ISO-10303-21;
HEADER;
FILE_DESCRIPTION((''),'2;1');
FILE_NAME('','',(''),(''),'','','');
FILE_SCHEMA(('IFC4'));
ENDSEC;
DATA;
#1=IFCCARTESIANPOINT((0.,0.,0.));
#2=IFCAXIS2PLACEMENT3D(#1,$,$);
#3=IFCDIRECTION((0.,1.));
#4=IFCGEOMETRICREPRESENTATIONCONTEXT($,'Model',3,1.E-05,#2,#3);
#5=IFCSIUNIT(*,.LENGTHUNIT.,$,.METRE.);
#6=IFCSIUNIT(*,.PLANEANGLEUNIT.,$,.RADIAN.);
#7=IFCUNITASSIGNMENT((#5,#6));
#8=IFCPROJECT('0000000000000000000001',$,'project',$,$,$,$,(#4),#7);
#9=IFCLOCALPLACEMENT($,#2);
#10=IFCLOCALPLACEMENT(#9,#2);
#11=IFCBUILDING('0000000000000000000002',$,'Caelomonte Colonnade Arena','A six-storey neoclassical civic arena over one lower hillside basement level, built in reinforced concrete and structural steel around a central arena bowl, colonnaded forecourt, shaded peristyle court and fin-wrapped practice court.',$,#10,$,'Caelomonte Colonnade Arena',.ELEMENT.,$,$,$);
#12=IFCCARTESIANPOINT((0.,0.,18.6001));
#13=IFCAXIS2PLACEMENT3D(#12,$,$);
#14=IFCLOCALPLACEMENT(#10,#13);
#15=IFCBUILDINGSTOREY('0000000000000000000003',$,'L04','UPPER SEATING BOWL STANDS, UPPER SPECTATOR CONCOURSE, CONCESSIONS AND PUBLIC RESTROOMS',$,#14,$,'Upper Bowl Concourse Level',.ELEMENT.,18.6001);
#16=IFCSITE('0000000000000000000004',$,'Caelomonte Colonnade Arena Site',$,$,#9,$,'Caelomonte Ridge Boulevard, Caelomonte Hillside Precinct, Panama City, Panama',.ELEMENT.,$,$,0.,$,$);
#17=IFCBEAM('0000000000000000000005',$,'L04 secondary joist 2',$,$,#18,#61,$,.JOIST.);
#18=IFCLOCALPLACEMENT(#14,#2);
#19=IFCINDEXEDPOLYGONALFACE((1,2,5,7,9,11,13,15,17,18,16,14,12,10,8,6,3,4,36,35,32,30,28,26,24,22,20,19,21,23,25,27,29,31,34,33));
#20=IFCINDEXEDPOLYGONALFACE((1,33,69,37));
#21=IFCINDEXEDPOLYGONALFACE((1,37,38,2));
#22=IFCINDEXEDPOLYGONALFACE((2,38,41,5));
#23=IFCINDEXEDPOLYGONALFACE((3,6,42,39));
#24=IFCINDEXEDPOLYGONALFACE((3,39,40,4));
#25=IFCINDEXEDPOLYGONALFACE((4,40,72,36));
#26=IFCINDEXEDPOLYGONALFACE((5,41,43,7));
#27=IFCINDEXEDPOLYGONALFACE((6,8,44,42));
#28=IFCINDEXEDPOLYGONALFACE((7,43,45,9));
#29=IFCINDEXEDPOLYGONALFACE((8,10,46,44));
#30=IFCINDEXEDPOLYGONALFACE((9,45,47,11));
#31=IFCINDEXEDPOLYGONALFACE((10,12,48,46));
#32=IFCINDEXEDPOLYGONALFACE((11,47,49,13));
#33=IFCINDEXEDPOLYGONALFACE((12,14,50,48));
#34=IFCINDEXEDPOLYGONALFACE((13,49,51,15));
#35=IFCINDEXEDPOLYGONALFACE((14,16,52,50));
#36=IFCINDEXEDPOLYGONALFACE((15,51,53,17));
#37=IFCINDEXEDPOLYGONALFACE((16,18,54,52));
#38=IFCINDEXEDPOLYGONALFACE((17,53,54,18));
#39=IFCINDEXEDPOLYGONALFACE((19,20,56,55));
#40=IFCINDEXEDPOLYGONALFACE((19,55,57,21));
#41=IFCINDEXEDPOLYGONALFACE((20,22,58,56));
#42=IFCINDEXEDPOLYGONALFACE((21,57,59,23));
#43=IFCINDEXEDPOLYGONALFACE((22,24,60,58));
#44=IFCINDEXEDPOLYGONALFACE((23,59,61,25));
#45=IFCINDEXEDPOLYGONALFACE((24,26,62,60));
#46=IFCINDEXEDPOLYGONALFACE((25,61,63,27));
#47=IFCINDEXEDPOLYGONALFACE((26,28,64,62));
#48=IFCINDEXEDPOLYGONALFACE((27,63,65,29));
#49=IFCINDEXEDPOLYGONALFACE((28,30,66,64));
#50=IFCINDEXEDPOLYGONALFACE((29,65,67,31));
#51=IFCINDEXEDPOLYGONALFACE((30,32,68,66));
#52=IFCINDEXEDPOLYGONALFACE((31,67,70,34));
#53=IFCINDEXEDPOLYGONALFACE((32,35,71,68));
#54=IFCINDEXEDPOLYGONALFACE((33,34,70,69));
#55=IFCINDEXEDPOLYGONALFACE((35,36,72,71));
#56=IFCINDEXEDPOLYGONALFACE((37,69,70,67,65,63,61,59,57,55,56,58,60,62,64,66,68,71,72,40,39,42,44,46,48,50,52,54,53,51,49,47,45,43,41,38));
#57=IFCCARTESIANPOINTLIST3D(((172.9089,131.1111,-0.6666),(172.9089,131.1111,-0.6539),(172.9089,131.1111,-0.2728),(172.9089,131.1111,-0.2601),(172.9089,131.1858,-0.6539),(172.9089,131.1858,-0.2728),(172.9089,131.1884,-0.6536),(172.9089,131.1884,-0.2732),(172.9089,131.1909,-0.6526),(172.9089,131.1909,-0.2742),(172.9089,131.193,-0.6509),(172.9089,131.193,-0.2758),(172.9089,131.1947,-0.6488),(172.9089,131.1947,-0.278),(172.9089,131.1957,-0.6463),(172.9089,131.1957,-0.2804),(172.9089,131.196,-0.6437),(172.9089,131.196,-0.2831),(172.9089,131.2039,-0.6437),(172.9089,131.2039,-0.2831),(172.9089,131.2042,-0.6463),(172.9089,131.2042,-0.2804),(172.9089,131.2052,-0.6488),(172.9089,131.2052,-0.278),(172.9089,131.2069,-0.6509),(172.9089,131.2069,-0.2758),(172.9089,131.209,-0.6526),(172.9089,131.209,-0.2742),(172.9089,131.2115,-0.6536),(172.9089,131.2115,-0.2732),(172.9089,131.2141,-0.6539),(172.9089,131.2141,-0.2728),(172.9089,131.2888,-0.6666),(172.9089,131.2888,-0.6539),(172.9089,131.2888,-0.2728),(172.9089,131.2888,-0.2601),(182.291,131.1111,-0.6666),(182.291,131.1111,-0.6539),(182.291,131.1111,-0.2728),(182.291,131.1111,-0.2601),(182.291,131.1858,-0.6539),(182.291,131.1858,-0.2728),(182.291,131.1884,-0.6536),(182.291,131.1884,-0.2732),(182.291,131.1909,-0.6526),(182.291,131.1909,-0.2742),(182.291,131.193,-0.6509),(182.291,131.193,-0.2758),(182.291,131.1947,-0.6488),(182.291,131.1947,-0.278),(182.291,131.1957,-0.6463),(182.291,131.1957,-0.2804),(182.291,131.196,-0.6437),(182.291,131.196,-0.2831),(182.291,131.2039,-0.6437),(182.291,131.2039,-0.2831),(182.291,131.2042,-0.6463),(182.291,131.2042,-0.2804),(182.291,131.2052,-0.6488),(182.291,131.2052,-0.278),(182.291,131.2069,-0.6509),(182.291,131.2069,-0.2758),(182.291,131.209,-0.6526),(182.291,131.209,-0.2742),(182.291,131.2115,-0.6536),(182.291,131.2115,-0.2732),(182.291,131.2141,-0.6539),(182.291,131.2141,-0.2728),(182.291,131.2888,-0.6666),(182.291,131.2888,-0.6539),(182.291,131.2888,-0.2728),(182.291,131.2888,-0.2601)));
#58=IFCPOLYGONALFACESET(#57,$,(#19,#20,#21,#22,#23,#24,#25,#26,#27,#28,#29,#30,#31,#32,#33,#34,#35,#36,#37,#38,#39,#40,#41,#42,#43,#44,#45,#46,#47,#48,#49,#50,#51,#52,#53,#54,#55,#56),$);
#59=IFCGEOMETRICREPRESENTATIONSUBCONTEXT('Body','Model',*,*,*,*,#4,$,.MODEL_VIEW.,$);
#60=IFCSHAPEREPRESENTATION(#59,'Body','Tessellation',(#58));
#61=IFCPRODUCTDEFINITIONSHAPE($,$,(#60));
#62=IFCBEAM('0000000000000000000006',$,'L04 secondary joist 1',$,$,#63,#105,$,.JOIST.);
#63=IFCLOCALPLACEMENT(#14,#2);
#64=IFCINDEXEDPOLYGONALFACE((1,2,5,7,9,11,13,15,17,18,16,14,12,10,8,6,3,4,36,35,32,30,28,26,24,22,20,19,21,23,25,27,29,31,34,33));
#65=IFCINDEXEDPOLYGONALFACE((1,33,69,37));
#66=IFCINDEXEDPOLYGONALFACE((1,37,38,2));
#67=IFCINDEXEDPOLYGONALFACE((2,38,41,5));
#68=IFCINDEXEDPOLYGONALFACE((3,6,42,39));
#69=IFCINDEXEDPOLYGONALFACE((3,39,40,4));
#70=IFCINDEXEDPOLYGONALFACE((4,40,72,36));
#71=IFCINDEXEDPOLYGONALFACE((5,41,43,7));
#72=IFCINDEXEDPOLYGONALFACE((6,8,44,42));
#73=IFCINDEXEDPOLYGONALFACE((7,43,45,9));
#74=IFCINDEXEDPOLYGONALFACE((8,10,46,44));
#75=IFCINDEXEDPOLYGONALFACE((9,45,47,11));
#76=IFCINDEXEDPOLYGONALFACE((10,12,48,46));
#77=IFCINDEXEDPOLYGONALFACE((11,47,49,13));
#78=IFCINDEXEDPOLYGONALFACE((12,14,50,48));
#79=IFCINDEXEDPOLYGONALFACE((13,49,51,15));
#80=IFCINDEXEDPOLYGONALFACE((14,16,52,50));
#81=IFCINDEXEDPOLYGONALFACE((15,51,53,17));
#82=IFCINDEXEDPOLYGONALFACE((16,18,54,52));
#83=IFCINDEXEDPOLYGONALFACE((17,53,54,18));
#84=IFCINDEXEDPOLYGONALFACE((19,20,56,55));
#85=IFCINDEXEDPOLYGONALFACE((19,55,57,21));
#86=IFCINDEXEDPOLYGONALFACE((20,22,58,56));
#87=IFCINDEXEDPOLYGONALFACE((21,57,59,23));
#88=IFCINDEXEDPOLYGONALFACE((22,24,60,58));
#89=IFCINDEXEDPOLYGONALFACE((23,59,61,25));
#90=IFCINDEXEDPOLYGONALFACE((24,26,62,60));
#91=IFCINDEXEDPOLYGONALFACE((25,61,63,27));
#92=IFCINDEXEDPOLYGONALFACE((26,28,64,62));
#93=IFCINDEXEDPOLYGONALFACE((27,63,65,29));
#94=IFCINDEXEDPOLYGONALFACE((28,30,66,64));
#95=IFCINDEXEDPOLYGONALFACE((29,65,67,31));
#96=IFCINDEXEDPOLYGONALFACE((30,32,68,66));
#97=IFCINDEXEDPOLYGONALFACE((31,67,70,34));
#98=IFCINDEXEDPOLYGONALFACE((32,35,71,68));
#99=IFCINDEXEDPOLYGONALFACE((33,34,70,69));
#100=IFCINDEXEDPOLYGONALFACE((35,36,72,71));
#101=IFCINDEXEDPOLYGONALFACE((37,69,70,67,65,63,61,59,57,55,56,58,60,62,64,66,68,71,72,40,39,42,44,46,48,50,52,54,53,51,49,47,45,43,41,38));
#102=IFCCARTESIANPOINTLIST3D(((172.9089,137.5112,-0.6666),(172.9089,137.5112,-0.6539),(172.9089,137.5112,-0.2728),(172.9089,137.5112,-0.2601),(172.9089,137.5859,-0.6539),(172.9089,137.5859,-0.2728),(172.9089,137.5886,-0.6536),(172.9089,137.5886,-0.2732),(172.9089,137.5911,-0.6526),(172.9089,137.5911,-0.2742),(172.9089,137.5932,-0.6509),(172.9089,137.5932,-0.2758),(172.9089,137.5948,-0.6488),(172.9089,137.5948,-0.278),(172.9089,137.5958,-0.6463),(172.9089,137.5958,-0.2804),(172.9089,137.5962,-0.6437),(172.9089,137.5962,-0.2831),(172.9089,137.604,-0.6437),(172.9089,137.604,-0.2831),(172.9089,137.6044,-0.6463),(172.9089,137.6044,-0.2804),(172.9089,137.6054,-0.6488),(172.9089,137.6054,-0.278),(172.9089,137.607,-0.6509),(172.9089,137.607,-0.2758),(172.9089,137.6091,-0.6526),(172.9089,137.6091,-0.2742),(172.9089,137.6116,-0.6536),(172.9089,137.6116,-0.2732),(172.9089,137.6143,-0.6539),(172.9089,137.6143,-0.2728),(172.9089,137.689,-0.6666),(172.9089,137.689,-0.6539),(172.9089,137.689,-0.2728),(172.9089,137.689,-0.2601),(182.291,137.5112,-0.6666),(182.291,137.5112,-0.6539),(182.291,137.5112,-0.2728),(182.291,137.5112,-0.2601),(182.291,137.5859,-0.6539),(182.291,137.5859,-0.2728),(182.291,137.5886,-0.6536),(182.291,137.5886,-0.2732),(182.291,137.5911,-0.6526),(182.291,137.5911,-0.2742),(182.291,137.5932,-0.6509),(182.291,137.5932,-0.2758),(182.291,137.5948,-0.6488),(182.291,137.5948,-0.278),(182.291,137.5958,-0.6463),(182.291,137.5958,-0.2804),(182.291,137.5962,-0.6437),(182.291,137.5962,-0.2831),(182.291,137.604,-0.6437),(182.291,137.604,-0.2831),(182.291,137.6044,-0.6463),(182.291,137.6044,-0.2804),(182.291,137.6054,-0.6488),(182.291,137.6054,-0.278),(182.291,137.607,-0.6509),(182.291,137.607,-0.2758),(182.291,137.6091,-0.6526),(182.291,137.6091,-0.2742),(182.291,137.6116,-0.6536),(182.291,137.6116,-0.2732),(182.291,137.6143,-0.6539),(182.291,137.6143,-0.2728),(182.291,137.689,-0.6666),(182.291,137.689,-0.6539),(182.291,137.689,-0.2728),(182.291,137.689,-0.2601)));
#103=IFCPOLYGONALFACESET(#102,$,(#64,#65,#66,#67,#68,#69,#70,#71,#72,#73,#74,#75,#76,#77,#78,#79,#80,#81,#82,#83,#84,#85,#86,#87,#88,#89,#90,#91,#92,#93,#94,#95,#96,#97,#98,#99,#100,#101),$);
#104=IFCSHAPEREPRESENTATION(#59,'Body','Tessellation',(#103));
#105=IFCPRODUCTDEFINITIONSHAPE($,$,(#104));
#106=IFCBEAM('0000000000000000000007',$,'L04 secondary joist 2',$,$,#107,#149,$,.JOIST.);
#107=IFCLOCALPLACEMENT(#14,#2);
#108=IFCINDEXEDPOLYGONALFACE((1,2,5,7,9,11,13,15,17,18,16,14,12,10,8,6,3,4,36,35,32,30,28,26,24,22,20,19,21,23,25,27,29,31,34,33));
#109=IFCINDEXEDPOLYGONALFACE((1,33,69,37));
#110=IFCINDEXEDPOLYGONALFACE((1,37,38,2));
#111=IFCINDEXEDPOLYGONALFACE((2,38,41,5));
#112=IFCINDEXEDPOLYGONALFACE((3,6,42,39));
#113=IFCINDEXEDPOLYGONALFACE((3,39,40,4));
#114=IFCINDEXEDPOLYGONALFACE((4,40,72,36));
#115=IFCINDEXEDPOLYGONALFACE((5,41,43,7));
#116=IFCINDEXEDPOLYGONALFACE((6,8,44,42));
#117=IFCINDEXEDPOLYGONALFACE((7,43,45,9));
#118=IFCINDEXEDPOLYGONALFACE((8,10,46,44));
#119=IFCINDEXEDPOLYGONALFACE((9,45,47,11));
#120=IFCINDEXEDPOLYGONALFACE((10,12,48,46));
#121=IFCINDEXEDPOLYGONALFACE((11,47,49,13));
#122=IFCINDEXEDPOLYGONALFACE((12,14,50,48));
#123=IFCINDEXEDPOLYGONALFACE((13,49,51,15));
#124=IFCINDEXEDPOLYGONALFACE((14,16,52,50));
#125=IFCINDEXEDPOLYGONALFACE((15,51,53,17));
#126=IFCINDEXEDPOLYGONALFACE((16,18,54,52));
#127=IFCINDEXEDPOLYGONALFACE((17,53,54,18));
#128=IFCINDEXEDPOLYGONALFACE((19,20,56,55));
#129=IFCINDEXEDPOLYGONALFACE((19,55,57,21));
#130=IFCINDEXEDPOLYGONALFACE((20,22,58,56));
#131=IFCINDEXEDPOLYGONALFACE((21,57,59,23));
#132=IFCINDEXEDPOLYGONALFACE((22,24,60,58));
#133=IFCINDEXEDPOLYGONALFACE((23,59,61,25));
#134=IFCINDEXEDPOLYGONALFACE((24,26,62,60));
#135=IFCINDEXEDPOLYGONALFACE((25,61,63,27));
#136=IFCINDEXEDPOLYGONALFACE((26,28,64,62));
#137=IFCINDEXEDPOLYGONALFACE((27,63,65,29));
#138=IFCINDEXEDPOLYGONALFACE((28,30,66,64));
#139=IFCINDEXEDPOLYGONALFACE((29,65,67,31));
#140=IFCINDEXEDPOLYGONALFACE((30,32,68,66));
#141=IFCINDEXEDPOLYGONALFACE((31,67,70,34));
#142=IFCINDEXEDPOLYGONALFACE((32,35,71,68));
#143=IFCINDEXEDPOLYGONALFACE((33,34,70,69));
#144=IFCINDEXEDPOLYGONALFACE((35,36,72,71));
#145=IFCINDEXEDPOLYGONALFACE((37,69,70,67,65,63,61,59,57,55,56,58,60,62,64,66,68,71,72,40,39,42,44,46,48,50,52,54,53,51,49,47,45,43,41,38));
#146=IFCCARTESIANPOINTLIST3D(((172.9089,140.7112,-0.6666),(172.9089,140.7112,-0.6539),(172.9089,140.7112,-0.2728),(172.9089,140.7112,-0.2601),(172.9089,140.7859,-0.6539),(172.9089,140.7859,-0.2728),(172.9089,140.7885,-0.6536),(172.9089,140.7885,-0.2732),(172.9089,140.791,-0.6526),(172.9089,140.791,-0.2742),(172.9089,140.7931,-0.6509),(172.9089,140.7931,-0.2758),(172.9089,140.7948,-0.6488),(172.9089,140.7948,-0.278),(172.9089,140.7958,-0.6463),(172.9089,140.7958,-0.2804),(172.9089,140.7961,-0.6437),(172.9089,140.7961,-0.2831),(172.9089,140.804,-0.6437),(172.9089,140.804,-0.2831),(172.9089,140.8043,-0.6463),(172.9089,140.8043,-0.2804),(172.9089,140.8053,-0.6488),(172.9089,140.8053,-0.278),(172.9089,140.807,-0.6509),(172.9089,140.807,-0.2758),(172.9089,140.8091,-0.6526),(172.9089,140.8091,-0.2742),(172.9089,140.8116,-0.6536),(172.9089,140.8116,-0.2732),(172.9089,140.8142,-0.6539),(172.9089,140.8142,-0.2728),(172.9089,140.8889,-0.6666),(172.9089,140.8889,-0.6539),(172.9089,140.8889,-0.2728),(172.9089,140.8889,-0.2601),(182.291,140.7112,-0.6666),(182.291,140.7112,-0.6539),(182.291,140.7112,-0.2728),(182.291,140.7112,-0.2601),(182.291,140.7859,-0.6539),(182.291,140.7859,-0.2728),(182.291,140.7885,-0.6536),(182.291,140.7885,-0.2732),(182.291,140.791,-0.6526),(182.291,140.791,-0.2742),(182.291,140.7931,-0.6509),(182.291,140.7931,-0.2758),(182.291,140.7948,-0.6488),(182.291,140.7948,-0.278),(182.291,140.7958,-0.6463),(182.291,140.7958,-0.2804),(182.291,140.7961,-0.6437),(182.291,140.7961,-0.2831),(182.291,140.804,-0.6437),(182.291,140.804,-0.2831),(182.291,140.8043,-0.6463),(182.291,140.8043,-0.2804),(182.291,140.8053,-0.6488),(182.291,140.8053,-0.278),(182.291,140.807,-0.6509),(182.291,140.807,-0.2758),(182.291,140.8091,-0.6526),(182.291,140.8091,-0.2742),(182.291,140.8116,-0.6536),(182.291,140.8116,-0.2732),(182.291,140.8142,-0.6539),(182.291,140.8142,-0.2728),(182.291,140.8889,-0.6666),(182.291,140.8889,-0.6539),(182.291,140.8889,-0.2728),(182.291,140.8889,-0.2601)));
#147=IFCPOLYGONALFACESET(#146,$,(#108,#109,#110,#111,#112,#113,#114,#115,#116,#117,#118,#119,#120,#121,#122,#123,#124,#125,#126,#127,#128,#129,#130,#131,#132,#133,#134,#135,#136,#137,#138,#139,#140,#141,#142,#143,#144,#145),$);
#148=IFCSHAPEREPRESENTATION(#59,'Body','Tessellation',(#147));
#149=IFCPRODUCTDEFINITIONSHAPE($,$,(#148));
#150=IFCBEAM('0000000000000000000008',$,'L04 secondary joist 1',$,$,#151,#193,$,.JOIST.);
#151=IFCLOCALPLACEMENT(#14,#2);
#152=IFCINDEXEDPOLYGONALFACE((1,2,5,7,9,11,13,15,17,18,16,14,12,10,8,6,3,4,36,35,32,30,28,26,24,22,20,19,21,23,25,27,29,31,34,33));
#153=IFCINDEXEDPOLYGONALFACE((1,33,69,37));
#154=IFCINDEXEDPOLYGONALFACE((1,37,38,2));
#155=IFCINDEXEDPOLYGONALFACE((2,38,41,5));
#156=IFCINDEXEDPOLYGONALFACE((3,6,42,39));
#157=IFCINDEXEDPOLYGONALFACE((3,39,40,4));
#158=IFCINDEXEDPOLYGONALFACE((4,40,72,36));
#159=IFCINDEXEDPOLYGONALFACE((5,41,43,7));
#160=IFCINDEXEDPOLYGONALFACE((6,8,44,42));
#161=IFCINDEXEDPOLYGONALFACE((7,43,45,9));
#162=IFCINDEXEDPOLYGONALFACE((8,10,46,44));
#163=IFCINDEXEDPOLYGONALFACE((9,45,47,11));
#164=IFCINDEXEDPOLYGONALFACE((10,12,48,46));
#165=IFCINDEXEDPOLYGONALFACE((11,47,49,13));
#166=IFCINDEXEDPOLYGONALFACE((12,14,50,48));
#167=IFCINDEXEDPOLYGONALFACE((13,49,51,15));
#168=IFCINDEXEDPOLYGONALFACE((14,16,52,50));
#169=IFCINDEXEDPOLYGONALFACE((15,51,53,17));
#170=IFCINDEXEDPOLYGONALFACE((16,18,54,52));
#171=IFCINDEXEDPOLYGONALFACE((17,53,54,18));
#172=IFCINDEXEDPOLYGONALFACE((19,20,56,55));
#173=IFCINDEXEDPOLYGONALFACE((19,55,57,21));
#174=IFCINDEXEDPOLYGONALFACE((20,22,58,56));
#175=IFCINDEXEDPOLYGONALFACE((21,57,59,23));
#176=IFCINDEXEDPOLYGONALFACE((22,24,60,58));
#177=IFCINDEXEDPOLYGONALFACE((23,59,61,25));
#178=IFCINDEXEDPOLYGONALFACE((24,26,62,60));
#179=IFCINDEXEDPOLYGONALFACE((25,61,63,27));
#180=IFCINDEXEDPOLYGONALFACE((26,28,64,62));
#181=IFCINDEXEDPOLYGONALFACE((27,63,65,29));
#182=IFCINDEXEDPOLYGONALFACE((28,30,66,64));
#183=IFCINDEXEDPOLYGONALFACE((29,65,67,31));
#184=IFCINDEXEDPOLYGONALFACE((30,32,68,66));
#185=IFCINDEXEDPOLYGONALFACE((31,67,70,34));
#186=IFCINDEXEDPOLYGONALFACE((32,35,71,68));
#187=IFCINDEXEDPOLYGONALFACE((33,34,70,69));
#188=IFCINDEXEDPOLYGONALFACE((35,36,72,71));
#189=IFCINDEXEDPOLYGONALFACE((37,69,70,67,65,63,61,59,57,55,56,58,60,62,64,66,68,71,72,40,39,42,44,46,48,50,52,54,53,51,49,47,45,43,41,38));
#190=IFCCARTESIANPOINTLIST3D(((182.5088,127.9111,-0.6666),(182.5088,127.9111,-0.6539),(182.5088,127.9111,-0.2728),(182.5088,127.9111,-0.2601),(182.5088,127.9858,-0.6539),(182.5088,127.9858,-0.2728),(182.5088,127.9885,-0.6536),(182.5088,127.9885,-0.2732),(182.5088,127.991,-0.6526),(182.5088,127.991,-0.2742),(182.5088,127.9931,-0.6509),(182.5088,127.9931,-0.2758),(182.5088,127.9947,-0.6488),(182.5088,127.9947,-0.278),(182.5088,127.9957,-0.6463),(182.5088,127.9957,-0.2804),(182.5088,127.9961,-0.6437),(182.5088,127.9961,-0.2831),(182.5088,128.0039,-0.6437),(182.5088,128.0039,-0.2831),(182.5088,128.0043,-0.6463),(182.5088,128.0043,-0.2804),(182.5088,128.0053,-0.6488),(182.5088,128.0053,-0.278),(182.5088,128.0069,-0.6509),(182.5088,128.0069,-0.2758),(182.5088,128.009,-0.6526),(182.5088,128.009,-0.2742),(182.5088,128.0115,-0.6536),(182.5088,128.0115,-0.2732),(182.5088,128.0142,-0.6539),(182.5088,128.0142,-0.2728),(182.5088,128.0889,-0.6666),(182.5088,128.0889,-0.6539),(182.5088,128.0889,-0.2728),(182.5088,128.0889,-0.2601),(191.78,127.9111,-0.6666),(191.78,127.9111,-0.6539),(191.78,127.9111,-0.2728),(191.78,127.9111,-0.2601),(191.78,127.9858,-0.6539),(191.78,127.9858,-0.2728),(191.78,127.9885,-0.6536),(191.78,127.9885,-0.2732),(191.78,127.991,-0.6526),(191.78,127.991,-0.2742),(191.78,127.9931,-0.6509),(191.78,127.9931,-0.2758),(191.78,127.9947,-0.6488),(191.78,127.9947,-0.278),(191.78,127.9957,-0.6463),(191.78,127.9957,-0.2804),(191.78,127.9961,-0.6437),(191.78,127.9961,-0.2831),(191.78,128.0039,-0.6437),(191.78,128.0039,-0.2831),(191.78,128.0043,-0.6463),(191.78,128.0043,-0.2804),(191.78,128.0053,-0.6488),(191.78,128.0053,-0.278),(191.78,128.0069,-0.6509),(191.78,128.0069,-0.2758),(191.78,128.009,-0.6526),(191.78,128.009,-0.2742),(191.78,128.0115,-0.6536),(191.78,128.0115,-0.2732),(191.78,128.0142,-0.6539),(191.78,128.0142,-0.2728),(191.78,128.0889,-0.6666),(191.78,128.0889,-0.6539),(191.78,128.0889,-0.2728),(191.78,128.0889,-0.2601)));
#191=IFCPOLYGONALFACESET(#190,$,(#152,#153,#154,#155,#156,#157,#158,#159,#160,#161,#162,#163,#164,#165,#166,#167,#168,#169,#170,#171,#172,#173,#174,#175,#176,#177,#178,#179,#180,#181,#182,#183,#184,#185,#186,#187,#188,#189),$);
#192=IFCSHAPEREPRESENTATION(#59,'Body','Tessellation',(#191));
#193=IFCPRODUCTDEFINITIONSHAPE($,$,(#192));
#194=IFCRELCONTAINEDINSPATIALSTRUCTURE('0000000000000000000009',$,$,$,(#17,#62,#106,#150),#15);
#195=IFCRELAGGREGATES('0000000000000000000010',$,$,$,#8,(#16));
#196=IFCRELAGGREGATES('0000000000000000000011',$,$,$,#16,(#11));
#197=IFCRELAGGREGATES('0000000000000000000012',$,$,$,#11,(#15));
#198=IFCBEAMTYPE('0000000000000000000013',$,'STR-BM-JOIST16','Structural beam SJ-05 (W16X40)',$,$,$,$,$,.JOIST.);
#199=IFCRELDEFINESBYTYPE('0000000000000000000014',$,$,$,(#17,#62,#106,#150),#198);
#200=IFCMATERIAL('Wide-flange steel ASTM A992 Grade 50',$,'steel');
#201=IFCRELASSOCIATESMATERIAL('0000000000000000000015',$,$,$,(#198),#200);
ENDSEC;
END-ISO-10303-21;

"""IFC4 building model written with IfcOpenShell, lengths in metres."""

from ifc_helpers import new_model, si_unit, direction, frame, origin, origin_2d, place, context, subcontext, project, spatial, i_section, extrude, material, material_profile, profile_set, type_object, element, save


model = new_model("IFC4")

# Units and contexts
model_context = context("Model", 3, precision=1e-05, world=origin(), true_north=direction((0.0, 1.0)))
body_context = subcontext(model_context, "Body", "Model", "MODEL_VIEW")
ifc_project = project(units=[si_unit("LENGTHUNIT", "METRE"), si_unit("PLANEANGLEUNIT", "RADIAN")], contexts=[model_context])

# Site, building, storey
site_placement = place(None, origin())
site = spatial("IfcSite", under=ifc_project, at=site_placement, Name="Caelomonte Colonnade Arena Site", LongName="Caelomonte Ridge Boulevard, Caelomonte Hillside Precinct, Panama City, Panama", CompositionType="ELEMENT", RefElevation=0.0)
building_placement = place(site_placement, origin())
building = spatial("IfcBuilding", under=site, at=building_placement, Name="Caelomonte Colonnade Arena", Description="A six-storey neoclassical civic arena over one lower hillside basement level, built in reinforced concrete and structural steel around a central arena bowl, colonnaded forecourt, shaded peristyle court and fin-wrapped practice court.", LongName="Caelomonte Colonnade Arena", CompositionType="ELEMENT")
storey_placement = place(building_placement, frame((0.0, 0.0, 18.6001)))
storey = spatial("IfcBuildingStorey", under=building, at=storey_placement, Name="L04", Description="UPPER SEATING BOWL STANDS, UPPER SPECTATOR CONCOURSE, CONCESSIONS AND PUBLIC RESTROOMS", LongName="Upper Bowl Concourse Level", CompositionType="ELEMENT", Elevation=18.6001)

# Shared definitions
ifc_material_1 = material(Name="Wide-flange steel ASTM A992 Grade 50", Category="steel")

# Beams
ifc_material_profile_1 = material_profile(ifc_material_1, i_section(OverallWidth=0.1777, OverallDepth=0.4065, WebThickness=0.0078, FlangeThickness=0.0127, FilletRadius=0.0103, at=origin_2d()), Name="W16X40")
ifc_profile_set_1 = profile_set([ifc_material_profile_1], Name="Wide-flange steel ASTM A992 Grade 50")
beam_type_1 = type_object("IfcBeamType", Name="STR-BM-JOIST16", Description="Structural beam SJ-05 (W16X40)", PredefinedType="JOIST", material=ifc_profile_set_1)
for number, where, z_axis, x_axis, name in (
    (1, (172.9089, 131.2, -0.4634), (1.0, 0.0, 0.0), (0.0, 1.0, 0.0), "L04 secondary joist 2"),
    (2, (172.9089, 137.6001, -0.4634), (1.0, 0.0, 0.0), (0.0, 1.0, 0.0), "L04 secondary joist 1"),
    (3, (172.9089, 140.8, -0.4634), (1.0, 0.0, 0.0), (0.0, 1.0, 0.0), "L04 secondary joist 2"),
):
    element("IfcBeam", number, at=place(storey_placement, frame(where, z_axis=z_axis, x_axis=x_axis)), inside=storey, type_object=beam_type_1, Name=name, PredefinedType="JOIST", context=body_context, shape_type="SweptSolid", body=[
        extrude(i_section(OverallWidth=0.1777, OverallDepth=0.4065, WebThickness=0.0078, FlangeThickness=0.0127, FilletRadius=0.0103, at=origin_2d()), origin(), (0.0, 0.0, 1.0), 9.3821),
    ])
for number, where, z_axis, x_axis, name in (
    (4, (182.5088, 128.0, -0.4634), (1.0, 0.0, 0.0), (0.0, 1.0, 0.0), "L04 secondary joist 1"),
):
    element("IfcBeam", number, at=place(storey_placement, frame(where, z_axis=z_axis, x_axis=x_axis)), inside=storey, type_object=beam_type_1, Name=name, PredefinedType="JOIST", context=body_context, shape_type="SweptSolid", body=[
        extrude(i_section(OverallWidth=0.1777, OverallDepth=0.4065, WebThickness=0.0078, FlangeThickness=0.0127, FilletRadius=0.0103, at=origin_2d()), origin(), (0.0, 0.0, 1.0), 9.2712),
    ])

save(model, "model.ifc")
